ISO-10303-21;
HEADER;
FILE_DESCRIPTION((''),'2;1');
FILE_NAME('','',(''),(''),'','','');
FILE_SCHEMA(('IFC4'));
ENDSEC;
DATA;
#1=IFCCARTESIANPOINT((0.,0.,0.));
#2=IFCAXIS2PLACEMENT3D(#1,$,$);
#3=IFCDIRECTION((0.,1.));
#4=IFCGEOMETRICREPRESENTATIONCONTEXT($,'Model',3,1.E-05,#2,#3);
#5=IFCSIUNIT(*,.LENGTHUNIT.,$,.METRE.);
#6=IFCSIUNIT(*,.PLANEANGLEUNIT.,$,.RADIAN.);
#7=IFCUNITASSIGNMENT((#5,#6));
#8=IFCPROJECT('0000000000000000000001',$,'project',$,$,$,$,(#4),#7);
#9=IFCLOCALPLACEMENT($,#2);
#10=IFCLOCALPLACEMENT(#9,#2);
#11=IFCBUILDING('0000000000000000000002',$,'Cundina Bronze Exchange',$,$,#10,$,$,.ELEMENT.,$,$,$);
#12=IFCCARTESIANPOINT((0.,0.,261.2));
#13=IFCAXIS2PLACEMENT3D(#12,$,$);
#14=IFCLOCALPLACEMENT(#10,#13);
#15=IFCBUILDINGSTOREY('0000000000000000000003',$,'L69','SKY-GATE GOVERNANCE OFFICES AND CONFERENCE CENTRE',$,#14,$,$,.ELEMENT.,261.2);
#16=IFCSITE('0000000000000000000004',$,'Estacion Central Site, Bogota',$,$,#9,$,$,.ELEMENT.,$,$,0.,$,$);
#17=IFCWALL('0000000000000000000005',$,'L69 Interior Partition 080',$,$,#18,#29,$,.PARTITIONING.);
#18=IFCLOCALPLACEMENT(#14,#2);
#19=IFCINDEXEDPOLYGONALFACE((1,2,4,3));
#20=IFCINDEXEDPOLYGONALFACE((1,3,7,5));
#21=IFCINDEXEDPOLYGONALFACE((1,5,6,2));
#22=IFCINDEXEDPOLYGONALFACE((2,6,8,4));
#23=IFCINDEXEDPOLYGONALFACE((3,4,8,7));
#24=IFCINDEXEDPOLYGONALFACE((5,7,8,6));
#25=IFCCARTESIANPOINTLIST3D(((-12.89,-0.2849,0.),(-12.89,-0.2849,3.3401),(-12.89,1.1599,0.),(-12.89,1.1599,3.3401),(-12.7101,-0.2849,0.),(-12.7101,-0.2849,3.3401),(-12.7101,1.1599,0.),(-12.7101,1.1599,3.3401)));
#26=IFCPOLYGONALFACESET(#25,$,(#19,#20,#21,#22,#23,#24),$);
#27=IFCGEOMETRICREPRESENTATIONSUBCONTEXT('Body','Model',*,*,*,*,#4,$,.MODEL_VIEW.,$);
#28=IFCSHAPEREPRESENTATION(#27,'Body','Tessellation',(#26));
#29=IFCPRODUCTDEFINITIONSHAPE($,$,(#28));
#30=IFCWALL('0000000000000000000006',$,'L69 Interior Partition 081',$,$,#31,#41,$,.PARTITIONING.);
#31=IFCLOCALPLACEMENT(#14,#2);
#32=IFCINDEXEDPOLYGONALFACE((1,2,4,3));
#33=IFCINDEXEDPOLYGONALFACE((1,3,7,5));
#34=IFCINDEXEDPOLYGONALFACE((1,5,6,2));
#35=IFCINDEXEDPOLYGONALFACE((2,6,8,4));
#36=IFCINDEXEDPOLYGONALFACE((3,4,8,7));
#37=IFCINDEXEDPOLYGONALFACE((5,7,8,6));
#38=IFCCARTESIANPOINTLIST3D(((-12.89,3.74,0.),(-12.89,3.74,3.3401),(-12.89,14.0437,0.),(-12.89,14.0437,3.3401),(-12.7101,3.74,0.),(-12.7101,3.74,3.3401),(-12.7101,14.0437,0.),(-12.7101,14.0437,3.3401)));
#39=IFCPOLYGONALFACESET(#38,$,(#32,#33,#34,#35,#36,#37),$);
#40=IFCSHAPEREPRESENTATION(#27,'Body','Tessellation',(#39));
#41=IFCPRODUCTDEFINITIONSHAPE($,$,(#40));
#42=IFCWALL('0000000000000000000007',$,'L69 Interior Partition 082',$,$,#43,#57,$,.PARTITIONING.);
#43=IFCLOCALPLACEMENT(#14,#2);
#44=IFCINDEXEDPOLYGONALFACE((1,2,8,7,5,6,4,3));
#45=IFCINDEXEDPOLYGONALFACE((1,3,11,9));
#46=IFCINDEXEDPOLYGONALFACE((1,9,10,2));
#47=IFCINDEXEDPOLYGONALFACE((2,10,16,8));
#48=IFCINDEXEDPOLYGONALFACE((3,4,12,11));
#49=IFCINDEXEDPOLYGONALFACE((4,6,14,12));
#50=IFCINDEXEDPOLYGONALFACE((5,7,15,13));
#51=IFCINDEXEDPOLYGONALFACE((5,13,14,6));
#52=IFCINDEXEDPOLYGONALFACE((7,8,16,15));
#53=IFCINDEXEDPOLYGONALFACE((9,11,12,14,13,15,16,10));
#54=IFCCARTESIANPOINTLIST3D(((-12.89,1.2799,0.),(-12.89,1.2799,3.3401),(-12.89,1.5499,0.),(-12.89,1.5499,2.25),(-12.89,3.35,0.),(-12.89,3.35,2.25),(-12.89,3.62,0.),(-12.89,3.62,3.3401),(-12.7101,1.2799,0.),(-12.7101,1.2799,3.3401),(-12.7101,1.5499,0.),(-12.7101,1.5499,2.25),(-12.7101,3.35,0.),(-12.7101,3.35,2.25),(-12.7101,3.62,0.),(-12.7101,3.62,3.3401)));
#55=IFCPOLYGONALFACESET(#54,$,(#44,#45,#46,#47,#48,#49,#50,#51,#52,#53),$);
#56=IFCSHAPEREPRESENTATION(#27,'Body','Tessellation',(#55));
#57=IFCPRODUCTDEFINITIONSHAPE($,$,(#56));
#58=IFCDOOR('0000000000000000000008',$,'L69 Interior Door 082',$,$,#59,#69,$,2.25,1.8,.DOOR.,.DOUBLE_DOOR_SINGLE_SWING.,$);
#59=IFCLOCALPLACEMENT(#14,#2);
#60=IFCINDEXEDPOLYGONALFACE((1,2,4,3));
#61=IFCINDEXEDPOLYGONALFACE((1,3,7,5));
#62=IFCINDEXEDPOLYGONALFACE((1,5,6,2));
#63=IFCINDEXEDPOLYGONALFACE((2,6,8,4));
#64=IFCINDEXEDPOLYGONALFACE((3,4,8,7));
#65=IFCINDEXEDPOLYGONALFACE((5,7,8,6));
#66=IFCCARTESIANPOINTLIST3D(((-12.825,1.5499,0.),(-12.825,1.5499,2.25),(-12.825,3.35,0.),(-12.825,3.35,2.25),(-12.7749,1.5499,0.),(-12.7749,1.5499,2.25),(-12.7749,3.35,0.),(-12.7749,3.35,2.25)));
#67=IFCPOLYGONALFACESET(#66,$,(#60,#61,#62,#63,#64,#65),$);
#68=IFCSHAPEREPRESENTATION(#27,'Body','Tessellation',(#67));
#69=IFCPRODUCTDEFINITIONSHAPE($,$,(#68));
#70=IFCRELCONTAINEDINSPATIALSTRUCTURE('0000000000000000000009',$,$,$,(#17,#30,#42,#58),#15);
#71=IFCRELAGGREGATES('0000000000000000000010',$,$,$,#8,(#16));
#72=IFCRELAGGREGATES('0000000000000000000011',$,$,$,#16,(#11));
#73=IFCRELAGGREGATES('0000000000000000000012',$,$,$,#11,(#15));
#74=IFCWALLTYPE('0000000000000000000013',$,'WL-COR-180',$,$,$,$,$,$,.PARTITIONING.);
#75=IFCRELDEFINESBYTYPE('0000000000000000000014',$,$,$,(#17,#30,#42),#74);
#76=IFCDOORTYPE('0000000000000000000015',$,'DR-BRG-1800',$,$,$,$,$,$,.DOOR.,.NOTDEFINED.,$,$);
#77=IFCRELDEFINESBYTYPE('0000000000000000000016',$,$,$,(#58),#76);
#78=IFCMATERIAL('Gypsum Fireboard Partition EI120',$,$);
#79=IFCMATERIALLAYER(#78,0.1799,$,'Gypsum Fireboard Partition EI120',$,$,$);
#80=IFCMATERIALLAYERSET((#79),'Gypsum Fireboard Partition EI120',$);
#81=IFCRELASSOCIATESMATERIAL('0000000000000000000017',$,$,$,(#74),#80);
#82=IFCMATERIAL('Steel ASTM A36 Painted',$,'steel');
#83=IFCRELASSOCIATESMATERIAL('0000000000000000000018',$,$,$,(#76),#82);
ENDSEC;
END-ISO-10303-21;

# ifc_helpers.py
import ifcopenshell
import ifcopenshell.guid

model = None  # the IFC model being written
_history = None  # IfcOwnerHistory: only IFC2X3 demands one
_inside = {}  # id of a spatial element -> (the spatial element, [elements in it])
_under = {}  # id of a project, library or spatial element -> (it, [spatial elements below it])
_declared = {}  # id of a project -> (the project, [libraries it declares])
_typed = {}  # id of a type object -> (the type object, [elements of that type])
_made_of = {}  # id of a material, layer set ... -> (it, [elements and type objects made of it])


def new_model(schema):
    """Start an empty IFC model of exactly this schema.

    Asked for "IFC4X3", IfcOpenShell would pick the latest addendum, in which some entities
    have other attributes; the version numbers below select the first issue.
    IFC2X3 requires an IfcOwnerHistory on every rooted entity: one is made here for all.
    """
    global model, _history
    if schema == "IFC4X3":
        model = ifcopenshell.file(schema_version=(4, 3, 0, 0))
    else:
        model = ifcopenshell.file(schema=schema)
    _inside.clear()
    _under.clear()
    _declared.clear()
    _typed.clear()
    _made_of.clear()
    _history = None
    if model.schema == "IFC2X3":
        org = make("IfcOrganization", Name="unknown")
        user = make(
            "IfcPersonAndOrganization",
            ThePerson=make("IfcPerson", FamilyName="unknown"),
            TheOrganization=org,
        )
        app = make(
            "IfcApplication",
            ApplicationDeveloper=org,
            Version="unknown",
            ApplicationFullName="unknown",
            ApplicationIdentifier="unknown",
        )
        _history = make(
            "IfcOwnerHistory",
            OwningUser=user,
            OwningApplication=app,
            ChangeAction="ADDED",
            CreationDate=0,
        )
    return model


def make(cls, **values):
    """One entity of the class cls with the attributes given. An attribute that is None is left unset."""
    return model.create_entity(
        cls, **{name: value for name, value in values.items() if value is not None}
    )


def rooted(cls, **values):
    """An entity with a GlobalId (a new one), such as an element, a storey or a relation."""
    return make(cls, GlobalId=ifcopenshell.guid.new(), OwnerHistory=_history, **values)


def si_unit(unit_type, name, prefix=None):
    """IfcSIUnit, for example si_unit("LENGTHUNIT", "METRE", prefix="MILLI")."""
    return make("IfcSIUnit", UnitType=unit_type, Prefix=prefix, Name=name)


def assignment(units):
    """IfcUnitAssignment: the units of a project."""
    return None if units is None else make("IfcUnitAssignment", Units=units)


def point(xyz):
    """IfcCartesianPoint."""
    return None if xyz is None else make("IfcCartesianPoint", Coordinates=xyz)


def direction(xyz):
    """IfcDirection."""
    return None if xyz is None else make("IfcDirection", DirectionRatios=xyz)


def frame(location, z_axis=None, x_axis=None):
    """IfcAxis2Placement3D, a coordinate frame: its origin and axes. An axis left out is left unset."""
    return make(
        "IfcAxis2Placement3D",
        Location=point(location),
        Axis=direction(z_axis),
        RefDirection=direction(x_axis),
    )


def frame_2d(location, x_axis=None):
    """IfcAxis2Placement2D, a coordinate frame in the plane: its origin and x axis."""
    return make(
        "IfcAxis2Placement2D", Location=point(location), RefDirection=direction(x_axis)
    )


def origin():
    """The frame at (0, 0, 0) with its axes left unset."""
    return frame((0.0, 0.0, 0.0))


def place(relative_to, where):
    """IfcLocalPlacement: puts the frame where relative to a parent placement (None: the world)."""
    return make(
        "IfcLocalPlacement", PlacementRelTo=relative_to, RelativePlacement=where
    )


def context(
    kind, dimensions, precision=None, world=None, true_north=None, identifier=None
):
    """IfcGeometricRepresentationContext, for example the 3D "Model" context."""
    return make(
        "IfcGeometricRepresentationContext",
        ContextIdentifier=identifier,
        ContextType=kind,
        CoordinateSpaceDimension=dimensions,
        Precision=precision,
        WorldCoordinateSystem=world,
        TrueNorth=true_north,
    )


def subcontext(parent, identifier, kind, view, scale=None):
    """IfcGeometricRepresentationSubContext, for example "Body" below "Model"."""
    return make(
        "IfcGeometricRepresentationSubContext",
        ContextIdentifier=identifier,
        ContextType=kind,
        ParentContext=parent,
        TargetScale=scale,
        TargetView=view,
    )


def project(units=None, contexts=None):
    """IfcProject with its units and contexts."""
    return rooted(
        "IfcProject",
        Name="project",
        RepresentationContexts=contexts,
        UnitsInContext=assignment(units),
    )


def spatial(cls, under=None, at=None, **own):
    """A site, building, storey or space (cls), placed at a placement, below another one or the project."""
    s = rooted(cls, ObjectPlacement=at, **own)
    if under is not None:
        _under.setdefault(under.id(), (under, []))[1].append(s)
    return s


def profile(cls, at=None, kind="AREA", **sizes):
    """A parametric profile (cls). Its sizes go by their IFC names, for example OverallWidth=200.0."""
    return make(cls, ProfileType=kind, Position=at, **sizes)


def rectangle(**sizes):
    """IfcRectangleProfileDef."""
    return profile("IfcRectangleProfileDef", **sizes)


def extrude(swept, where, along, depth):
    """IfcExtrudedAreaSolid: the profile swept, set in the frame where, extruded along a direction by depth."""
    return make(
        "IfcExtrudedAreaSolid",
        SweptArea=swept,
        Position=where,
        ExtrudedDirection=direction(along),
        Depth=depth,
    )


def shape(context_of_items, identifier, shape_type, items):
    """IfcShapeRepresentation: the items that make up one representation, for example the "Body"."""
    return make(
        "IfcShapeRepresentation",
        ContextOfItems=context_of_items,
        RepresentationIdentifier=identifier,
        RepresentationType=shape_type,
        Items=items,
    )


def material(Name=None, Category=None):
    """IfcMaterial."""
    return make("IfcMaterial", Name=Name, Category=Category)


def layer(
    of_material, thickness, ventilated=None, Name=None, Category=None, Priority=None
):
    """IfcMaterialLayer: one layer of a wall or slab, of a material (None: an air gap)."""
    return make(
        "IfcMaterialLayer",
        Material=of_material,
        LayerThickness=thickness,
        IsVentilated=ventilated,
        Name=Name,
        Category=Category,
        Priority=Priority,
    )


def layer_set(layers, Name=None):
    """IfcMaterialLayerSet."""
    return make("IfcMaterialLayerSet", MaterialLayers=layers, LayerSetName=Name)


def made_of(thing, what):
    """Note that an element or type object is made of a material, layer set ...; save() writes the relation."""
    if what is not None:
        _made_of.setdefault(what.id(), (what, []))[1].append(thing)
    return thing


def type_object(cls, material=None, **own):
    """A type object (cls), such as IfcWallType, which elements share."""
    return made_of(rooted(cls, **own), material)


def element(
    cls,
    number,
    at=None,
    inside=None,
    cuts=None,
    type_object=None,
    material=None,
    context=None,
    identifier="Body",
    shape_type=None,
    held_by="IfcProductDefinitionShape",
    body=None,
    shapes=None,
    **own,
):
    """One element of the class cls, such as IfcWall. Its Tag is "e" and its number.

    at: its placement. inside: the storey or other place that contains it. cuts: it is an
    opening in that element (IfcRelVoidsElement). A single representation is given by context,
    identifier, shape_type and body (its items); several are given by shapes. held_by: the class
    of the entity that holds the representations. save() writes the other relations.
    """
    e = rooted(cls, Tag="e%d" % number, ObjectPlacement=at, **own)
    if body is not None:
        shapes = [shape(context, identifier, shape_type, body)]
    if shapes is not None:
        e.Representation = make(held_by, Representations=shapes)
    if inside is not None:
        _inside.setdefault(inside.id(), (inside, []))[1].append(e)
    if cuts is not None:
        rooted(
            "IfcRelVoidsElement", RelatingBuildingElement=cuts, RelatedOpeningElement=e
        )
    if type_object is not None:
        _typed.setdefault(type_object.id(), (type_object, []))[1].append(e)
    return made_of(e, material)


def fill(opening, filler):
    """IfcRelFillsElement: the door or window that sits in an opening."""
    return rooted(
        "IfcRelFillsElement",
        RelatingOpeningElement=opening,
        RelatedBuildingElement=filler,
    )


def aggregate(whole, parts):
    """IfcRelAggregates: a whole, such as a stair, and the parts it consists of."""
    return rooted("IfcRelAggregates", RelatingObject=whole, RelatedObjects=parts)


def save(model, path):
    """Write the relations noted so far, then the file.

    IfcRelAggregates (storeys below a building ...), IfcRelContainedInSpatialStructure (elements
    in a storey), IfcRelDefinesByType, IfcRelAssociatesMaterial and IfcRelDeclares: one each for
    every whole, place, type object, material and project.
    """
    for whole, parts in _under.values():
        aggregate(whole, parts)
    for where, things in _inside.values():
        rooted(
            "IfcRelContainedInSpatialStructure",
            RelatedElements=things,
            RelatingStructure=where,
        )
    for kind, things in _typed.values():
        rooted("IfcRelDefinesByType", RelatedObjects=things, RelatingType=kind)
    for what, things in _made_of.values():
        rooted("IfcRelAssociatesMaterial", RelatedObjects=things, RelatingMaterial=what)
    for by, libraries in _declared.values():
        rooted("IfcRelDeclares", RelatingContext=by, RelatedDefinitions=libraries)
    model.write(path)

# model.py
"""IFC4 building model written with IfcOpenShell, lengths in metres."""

from ifc_helpers import new_model, si_unit, direction, frame, frame_2d, origin, place, context, subcontext, project, spatial, rectangle, extrude, material, layer, layer_set, type_object, element, fill, save


model = new_model("IFC4")

# Units and contexts
model_context = context("Model", 3, precision=1e-05, world=origin(), true_north=direction((0.0, 1.0)))
body_context = subcontext(model_context, "Body", "Model", "MODEL_VIEW")
ifc_project = project(units=[si_unit("LENGTHUNIT", "METRE"), si_unit("PLANEANGLEUNIT", "RADIAN")], contexts=[model_context])

# Site, building, storey
site_placement = place(None, origin())
site = spatial("IfcSite", under=ifc_project, at=site_placement, Name="Estacion Central Site, Bogota", CompositionType="ELEMENT", RefElevation=0.0)
building_placement = place(site_placement, origin())
building = spatial("IfcBuilding", under=site, at=building_placement, Name="Cundina Bronze Exchange", CompositionType="ELEMENT")
storey_placement = place(building_placement, frame((0.0, 0.0, 261.2)))
storey = spatial("IfcBuildingStorey", under=building, at=storey_placement, Name="L69", Description="SKY-GATE GOVERNANCE OFFICES AND CONFERENCE CENTRE", CompositionType="ELEMENT", Elevation=261.2)

# Shared definitions
ifc_material_1 = material(Name="Gypsum Fireboard Partition EI120")
ifc_layer_1 = layer(ifc_material_1, 0.1799, Name="Gypsum Fireboard Partition EI120")
ifc_layer_set_1 = layer_set([ifc_layer_1], Name="Gypsum Fireboard Partition EI120")
wall_type = type_object("IfcWallType", Name="WL-COR-180", PredefinedType="PARTITIONING", material=ifc_layer_set_1)

# Walls
wall_1_placement = place(storey_placement, frame((-12.8, -0.2849, 0.0), z_axis=(0.0, 0.0, 1.0), x_axis=(0.0, 1.0, 0.0)))
element("IfcWall", 1, at=wall_1_placement, inside=storey, type_object=wall_type, Name="L69 Interior Partition 080", PredefinedType="PARTITIONING", context=body_context, shape_type="SweptSolid", body=[
    extrude(rectangle(XDim=1.4448, YDim=0.1799, at=frame_2d((0.7224, 0.0))), origin(), (0.0, 0.0, 1.0), 3.3401),
])
wall_2_placement = place(storey_placement, frame((-12.8, 3.74, 0.0), z_axis=(0.0, 0.0, 1.0), x_axis=(0.0, 1.0, 0.0)))
element("IfcWall", 2, at=wall_2_placement, inside=storey, type_object=wall_type, Name="L69 Interior Partition 081", PredefinedType="PARTITIONING", context=body_context, shape_type="SweptSolid", body=[
    extrude(rectangle(XDim=10.3037, YDim=0.1799, at=frame_2d((5.1519, 0.0))), origin(), (0.0, 0.0, 1.0), 3.3401),
])

# Wall, opening, door
wall_3_placement = place(storey_placement, frame((-12.8, 1.28, 0.0), z_axis=(0.0, 0.0, 1.0), x_axis=(0.0, 1.0, 0.0)))
wall_3 = element("IfcWall", 3, at=wall_3_placement, inside=storey, type_object=wall_type, Name="L69 Interior Partition 082", PredefinedType="PARTITIONING", context=body_context, shape_type="SweptSolid", body=[
    extrude(rectangle(XDim=2.3401, YDim=0.1799, at=frame_2d((1.1699, 0.0))), origin(), (0.0, 0.0, 1.0), 3.3401),
])
opening_1_placement = place(wall_3_placement, frame((0.27, 0.0, 0.0)))
opening_1 = element("IfcOpeningElement", 4, at=opening_1_placement, cuts=wall_3, PredefinedType="OPENING", context=body_context, shape_type="SweptSolid", body=[
    extrude(rectangle(XDim=1.8, YDim=2.25, at=frame_2d((0.8999, 1.125))), frame((0.0, 0.0999, 0.0), z_axis=(0.0, -1.0, 0.0), x_axis=(1.0, 0.0, 0.0)), (0.0, 0.0, 1.0), 0.2),
])
ifc_material_2 = material(Name="Steel ASTM A36 Painted", Category="steel")
door_type_1 = type_object("IfcDoorType", Name="DR-BRG-1800", OperationType="NOTDEFINED", PredefinedType="DOOR", material=ifc_material_2)
door_1_placement = place(opening_1_placement, origin())
door_1 = element("IfcDoor", 5, at=door_1_placement, inside=storey, type_object=door_type_1, Name="L69 Interior Door 082", OperationType="DOUBLE_DOOR_SINGLE_SWING", OverallHeight=2.25, OverallWidth=1.8, PredefinedType="DOOR", context=body_context, shape_type="SweptSolid", body=[
    extrude(rectangle(XDim=1.8, YDim=2.25, at=frame_2d((0.8999, 1.125))), frame((0.0, 0.0249, 0.0), z_axis=(0.0, -1.0, 0.0), x_axis=(1.0, 0.0, 0.0)), (0.0, 0.0, 1.0), 0.05),
])
fill(opening_1, door_1)

save(model, "model.ifc")
